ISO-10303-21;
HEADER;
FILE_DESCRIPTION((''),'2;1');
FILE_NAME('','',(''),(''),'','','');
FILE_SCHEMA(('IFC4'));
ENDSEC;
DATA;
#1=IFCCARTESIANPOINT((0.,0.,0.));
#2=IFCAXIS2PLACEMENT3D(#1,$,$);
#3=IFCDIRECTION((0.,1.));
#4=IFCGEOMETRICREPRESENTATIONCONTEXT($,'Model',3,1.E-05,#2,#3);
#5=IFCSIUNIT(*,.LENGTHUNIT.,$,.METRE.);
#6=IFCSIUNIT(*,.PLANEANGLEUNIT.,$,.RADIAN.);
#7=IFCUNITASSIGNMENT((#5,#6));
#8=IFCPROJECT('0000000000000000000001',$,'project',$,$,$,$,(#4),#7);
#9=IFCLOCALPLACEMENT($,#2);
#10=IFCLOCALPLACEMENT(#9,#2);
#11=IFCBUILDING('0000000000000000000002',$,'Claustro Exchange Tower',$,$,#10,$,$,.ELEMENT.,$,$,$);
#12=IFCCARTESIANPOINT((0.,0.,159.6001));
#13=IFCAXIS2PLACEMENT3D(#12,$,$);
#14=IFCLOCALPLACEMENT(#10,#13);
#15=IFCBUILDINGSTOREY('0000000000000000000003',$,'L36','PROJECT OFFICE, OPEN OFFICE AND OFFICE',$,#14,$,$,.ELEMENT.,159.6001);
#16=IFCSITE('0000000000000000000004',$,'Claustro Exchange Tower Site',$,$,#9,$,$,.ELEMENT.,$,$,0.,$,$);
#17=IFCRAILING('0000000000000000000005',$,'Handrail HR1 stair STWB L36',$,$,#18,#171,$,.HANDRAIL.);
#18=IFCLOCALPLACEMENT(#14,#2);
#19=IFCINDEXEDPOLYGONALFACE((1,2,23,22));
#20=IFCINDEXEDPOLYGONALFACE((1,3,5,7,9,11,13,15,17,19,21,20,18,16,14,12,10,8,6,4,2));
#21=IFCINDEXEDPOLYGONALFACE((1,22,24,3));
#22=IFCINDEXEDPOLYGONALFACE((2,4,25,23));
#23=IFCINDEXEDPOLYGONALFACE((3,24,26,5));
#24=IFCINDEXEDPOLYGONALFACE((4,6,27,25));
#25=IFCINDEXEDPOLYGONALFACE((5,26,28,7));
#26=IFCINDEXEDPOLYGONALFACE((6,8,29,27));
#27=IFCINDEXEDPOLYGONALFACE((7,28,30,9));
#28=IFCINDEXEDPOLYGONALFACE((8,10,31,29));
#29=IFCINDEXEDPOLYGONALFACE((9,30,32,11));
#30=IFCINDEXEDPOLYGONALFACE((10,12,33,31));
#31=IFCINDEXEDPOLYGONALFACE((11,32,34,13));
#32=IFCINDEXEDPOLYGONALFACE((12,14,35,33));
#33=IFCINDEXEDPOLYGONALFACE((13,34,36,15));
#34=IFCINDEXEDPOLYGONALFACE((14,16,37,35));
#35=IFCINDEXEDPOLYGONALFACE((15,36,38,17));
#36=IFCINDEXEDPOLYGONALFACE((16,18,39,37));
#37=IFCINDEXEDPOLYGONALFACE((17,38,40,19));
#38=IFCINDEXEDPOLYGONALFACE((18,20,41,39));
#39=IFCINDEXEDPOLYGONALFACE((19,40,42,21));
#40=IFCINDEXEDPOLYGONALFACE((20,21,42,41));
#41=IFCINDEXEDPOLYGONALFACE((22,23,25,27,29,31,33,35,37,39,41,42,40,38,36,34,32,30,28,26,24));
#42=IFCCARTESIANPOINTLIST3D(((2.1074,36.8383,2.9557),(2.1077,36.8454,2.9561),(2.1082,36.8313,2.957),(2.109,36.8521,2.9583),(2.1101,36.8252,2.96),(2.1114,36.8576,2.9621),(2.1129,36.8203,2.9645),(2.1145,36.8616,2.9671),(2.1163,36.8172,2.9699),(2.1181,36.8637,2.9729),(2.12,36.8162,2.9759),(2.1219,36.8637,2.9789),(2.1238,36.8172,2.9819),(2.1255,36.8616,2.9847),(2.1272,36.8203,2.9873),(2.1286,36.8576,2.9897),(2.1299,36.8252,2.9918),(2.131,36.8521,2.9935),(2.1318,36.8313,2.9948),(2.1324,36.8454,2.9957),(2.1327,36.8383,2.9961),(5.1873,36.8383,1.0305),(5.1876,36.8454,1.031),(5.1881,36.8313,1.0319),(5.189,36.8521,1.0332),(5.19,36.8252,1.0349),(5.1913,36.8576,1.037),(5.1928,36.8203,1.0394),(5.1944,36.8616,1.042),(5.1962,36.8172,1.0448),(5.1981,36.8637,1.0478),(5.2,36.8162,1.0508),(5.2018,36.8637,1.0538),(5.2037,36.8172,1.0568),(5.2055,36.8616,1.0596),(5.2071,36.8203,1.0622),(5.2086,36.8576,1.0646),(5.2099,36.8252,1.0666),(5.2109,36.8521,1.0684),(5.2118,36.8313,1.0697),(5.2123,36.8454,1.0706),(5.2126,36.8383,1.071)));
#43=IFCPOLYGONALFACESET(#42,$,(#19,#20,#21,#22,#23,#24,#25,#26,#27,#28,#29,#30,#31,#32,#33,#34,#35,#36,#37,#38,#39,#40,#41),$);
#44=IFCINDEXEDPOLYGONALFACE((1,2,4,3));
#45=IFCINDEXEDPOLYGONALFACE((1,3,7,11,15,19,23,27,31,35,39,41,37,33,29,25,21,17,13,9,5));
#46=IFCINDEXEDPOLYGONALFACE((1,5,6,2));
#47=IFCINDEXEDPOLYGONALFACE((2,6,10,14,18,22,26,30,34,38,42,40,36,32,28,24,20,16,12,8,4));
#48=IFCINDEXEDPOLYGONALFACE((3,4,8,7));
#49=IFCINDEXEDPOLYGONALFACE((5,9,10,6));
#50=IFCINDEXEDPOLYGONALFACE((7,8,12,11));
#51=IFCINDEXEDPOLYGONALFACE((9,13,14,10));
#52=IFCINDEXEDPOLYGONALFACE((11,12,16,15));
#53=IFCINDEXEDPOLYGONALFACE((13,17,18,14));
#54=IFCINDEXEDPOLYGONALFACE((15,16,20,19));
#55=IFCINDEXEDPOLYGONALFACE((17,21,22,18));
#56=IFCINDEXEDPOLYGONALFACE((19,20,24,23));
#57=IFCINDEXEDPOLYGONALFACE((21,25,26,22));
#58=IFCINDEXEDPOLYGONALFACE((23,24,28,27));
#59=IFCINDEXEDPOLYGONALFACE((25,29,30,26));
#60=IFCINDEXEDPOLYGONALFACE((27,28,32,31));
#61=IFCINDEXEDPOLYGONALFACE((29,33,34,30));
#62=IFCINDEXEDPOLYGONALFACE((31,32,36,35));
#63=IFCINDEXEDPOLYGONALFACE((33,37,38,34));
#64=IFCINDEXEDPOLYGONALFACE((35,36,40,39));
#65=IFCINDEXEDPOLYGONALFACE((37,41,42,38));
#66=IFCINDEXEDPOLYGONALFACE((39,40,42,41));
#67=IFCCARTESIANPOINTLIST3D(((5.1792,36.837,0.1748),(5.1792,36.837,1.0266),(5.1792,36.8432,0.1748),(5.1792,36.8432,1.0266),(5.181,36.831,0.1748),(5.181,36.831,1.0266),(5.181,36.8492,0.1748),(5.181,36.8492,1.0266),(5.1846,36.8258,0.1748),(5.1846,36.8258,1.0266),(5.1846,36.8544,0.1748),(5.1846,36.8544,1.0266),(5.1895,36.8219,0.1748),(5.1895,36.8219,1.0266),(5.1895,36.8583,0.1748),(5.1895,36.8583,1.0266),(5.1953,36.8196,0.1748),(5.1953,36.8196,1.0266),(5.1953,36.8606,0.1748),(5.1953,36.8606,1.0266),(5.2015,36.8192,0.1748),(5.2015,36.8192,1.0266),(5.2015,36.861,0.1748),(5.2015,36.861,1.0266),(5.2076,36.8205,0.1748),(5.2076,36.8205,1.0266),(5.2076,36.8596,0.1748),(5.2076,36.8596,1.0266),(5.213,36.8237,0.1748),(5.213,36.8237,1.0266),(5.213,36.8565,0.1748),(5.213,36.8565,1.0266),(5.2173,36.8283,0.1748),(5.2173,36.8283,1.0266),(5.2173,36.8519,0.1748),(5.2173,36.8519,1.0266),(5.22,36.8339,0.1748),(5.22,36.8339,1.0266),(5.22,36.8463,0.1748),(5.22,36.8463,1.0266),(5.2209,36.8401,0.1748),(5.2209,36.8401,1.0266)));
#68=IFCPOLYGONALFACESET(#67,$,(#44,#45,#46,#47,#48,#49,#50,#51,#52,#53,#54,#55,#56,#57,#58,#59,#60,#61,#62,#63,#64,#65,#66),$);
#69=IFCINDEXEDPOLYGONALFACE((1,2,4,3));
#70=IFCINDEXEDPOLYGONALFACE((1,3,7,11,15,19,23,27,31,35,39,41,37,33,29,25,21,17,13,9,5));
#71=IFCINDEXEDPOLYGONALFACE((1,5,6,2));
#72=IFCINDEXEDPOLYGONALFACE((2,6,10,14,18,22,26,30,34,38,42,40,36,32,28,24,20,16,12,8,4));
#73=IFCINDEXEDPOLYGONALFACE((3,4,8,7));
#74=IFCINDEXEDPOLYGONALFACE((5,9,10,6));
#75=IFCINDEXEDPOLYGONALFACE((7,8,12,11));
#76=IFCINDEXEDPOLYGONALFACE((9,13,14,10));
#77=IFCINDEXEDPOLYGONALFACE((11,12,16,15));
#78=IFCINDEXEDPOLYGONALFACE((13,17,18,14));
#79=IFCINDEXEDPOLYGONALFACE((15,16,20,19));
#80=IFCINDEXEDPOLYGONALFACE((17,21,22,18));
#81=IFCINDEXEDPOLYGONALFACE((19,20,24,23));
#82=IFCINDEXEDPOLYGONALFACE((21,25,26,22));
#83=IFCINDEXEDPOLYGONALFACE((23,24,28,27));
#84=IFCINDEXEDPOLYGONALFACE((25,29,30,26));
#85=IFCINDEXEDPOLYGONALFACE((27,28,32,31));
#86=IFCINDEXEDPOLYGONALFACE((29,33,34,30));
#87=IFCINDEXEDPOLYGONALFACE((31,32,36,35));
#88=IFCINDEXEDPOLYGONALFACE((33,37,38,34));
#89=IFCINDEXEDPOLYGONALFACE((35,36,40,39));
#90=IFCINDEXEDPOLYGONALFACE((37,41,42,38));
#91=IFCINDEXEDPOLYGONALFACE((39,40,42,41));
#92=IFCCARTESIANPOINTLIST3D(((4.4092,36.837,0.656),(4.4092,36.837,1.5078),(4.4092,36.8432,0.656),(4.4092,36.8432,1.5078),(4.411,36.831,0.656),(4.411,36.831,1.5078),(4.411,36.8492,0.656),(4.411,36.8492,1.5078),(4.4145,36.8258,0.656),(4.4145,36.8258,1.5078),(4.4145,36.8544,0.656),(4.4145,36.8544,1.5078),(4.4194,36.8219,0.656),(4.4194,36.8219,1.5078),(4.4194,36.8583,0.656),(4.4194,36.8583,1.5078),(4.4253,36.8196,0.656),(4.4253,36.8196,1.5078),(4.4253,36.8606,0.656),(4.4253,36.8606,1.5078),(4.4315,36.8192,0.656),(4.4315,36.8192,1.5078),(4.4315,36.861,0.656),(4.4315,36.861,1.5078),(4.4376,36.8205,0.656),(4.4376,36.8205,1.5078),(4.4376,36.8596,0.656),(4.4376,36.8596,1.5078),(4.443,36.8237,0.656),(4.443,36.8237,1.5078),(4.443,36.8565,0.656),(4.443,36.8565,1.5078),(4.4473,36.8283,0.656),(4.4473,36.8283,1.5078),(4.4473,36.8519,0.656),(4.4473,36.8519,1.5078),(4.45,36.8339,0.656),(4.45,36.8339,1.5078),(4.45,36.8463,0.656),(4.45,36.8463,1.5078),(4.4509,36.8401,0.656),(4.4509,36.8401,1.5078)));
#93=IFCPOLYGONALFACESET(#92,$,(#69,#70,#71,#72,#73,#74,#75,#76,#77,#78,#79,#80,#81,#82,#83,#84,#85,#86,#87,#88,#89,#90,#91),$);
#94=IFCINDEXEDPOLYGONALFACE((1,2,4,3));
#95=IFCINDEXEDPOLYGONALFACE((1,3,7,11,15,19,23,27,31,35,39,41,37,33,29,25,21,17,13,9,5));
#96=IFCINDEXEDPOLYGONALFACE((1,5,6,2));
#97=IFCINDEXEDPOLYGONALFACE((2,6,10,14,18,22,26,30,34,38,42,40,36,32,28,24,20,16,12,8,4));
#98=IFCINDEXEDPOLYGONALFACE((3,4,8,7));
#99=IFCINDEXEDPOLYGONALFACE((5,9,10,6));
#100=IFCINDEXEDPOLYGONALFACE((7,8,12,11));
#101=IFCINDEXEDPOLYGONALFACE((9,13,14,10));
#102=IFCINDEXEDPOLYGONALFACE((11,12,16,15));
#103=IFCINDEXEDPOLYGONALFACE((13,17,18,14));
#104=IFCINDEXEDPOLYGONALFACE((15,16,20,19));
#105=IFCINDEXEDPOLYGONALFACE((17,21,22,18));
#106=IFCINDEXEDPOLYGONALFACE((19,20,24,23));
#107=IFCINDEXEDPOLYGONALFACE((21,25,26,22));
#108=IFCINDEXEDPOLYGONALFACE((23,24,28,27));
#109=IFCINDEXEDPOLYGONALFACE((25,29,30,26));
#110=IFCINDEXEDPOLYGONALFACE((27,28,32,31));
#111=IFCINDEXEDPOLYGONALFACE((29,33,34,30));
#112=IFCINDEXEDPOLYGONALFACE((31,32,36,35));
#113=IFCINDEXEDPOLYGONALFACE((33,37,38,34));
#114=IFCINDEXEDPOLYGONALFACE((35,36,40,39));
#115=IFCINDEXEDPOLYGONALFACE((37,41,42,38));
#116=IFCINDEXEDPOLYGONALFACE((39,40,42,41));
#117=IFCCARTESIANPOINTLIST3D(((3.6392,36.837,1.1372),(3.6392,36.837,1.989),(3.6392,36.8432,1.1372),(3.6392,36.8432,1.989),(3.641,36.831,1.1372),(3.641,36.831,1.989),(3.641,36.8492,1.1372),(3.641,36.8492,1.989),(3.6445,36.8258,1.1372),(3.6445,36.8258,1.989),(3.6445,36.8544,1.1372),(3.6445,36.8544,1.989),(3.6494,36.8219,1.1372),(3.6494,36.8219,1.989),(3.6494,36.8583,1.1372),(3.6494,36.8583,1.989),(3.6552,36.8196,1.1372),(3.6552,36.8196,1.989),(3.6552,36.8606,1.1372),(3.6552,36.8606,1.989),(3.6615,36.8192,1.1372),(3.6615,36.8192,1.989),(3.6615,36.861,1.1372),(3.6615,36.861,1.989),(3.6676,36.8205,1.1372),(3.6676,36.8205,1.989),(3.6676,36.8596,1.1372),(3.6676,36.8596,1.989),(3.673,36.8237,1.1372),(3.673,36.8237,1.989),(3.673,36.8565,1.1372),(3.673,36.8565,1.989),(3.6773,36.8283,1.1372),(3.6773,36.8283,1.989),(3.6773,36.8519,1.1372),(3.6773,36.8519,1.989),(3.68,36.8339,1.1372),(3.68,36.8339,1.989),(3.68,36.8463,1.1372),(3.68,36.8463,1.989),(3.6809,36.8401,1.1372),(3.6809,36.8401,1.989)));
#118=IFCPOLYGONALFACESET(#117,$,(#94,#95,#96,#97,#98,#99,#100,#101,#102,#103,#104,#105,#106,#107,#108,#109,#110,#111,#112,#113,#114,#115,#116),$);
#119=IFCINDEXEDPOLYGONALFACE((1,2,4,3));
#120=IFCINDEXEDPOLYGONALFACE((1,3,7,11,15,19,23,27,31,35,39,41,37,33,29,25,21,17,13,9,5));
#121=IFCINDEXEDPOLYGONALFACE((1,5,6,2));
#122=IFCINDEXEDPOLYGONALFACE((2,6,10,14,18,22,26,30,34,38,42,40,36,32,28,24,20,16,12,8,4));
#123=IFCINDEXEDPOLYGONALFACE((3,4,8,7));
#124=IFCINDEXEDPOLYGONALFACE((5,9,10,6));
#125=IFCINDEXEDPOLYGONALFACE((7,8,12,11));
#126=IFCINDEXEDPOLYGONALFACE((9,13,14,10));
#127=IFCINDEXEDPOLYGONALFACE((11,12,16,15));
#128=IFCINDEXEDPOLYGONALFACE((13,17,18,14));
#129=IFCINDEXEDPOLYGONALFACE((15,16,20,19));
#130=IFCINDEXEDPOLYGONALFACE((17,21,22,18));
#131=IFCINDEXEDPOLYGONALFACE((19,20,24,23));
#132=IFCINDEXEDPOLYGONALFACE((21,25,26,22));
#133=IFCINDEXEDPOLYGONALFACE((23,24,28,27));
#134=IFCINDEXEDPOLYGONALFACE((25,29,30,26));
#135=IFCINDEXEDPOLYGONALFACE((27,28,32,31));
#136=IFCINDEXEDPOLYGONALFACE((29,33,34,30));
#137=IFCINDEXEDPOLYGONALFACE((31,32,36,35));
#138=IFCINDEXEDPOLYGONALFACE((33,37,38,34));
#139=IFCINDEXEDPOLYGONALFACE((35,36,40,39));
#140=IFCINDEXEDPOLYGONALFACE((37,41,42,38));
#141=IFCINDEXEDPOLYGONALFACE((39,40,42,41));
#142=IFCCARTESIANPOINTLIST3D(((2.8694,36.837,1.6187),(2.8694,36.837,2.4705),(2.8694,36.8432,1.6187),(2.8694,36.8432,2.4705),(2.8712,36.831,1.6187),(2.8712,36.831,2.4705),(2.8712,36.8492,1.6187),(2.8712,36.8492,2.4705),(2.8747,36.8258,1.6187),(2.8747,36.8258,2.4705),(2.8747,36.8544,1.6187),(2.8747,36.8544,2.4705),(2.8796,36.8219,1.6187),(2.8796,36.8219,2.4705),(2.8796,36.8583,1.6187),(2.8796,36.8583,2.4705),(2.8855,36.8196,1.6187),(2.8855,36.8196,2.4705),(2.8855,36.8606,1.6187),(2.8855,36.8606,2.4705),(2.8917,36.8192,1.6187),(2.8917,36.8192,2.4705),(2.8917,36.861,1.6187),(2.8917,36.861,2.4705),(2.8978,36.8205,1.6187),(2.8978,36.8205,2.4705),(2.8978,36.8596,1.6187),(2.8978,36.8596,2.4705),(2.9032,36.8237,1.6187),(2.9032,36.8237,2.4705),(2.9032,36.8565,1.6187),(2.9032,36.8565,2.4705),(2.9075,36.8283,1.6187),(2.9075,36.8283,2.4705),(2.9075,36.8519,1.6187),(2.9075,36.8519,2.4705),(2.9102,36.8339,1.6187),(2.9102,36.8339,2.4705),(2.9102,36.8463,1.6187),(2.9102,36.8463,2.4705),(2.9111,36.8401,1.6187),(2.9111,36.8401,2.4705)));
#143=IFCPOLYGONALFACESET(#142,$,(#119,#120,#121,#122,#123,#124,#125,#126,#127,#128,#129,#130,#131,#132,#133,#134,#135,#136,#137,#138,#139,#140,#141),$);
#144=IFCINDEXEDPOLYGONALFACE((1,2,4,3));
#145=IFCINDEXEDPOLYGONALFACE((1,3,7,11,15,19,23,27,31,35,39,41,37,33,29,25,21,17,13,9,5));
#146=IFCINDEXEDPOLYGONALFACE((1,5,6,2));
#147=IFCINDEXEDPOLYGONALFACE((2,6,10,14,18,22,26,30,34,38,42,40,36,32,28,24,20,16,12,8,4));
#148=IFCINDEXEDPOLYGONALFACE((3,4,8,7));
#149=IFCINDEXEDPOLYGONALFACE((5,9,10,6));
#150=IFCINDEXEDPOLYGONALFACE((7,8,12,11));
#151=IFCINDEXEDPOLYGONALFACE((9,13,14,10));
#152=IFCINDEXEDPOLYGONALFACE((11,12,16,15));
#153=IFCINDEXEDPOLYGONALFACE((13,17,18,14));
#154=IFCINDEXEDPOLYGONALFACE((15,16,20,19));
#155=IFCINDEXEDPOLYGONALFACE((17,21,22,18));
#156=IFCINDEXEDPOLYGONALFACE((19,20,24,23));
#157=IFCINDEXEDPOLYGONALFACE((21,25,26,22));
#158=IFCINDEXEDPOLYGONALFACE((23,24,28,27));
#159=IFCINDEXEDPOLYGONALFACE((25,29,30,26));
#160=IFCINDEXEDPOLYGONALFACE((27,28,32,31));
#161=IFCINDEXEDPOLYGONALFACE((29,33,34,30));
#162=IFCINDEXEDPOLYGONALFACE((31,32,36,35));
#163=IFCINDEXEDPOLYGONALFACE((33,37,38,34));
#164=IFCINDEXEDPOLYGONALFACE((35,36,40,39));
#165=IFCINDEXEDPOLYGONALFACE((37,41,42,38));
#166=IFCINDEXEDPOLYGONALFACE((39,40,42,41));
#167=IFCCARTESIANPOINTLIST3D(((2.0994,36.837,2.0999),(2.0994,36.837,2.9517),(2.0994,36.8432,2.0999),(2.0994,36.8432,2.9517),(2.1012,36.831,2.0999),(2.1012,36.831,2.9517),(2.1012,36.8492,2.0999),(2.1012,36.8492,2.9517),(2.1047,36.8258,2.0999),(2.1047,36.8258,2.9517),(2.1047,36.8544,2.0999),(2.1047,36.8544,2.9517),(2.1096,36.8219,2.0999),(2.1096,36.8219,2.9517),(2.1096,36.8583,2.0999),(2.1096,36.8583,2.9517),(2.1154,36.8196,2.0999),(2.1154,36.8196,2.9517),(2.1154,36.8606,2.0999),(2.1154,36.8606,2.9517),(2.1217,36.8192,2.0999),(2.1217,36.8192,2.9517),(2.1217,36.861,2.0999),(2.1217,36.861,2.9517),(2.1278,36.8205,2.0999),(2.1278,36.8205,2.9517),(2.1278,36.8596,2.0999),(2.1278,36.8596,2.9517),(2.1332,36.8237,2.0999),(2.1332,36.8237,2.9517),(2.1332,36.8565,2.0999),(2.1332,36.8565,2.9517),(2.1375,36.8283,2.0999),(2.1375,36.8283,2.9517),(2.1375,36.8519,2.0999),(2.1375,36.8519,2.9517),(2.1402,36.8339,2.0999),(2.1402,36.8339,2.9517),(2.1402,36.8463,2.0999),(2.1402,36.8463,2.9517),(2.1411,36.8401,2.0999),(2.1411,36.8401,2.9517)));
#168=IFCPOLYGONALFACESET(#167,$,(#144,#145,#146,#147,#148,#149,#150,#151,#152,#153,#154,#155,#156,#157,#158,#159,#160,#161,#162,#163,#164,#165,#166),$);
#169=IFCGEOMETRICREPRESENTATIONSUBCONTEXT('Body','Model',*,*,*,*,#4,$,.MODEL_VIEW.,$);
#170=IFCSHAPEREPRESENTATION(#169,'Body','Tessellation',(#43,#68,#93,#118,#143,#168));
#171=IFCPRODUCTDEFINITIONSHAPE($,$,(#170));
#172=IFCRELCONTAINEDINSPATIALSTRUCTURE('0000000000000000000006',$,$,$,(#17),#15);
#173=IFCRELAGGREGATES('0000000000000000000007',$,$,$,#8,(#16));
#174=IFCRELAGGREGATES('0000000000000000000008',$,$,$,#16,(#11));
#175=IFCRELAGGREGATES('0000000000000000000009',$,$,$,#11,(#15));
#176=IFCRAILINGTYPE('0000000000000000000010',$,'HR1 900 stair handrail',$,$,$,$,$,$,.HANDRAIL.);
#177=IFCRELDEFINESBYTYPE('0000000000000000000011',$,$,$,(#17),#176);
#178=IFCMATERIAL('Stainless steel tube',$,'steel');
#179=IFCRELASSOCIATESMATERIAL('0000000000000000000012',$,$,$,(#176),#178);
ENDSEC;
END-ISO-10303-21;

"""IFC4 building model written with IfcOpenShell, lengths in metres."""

from ifc_helpers import new_model, si_unit, direction, frame, origin, origin_2d, place, context, subcontext, project, spatial, circle, extrude, material, type_object, element, save


model = new_model("IFC4")

# Units and contexts
model_context = context("Model", 3, precision=1e-05, world=origin(), true_north=direction((0.0, 1.0)))
body_context = subcontext(model_context, "Body", "Model", "MODEL_VIEW")
ifc_project = project(units=[si_unit("LENGTHUNIT", "METRE"), si_unit("PLANEANGLEUNIT", "RADIAN")], contexts=[model_context])

# Site, building, storey
site_placement = place(None, origin())
site = spatial("IfcSite", under=ifc_project, at=site_placement, Name="Claustro Exchange Tower Site", CompositionType="ELEMENT", RefElevation=0.0)
building_placement = place(site_placement, origin())
building = spatial("IfcBuilding", under=site, at=building_placement, Name="Claustro Exchange Tower", CompositionType="ELEMENT")
storey_placement = place(building_placement, frame((0.0, 0.0, 159.6001)))
storey = spatial("IfcBuildingStorey", under=building, at=storey_placement, Name="L36", Description="PROJECT OFFICE, OPEN OFFICE AND OFFICE", CompositionType="ELEMENT", Elevation=159.6001)

# Railing
ifc_material_1 = material(Name="Stainless steel tube", Category="steel")
railing_type_1 = type_object("IfcRailingType", Name="HR1 900 stair handrail", PredefinedType="HANDRAIL", material=ifc_material_1)
railing_1_placement = place(storey_placement, frame((5.2, 36.8401, 0.1748)))
element("IfcRailing", 1, at=railing_1_placement, inside=storey, type_object=railing_type_1, Name="Handrail HR1 stair STWB L36", PredefinedType="HANDRAIL", context=body_context, shape_type="SweptSolid", body=[
    extrude(circle(Radius=0.0239, at=origin_2d()), frame((0.0, 0.0, 0.876), z_axis=(-0.847979, 0.0, 0.530029), x_axis=(0.0, -1.0, 0.0)), (0.0, 0.0, 1.0), 3.6321),
    extrude(circle(Radius=0.021, at=origin_2d()), origin(), (0.0, 0.0, 1.0), 0.8518),
    extrude(circle(Radius=0.021, at=origin_2d()), frame((-0.77, 0.0, 0.4812)), (0.0, 0.0, 1.0), 0.8518),
    extrude(circle(Radius=0.021, at=origin_2d()), frame((-1.54, 0.0, 0.9624)), (0.0, 0.0, 1.0), 0.8518),
    extrude(circle(Radius=0.021, at=origin_2d()), frame((-2.3098, 0.0, 1.4438)), (0.0, 0.0, 1.0), 0.8518),
    extrude(circle(Radius=0.021, at=origin_2d()), frame((-3.0798, 0.0, 1.925)), (0.0, 0.0, 1.0), 0.8518),
])

save(model, "model.ifc")
